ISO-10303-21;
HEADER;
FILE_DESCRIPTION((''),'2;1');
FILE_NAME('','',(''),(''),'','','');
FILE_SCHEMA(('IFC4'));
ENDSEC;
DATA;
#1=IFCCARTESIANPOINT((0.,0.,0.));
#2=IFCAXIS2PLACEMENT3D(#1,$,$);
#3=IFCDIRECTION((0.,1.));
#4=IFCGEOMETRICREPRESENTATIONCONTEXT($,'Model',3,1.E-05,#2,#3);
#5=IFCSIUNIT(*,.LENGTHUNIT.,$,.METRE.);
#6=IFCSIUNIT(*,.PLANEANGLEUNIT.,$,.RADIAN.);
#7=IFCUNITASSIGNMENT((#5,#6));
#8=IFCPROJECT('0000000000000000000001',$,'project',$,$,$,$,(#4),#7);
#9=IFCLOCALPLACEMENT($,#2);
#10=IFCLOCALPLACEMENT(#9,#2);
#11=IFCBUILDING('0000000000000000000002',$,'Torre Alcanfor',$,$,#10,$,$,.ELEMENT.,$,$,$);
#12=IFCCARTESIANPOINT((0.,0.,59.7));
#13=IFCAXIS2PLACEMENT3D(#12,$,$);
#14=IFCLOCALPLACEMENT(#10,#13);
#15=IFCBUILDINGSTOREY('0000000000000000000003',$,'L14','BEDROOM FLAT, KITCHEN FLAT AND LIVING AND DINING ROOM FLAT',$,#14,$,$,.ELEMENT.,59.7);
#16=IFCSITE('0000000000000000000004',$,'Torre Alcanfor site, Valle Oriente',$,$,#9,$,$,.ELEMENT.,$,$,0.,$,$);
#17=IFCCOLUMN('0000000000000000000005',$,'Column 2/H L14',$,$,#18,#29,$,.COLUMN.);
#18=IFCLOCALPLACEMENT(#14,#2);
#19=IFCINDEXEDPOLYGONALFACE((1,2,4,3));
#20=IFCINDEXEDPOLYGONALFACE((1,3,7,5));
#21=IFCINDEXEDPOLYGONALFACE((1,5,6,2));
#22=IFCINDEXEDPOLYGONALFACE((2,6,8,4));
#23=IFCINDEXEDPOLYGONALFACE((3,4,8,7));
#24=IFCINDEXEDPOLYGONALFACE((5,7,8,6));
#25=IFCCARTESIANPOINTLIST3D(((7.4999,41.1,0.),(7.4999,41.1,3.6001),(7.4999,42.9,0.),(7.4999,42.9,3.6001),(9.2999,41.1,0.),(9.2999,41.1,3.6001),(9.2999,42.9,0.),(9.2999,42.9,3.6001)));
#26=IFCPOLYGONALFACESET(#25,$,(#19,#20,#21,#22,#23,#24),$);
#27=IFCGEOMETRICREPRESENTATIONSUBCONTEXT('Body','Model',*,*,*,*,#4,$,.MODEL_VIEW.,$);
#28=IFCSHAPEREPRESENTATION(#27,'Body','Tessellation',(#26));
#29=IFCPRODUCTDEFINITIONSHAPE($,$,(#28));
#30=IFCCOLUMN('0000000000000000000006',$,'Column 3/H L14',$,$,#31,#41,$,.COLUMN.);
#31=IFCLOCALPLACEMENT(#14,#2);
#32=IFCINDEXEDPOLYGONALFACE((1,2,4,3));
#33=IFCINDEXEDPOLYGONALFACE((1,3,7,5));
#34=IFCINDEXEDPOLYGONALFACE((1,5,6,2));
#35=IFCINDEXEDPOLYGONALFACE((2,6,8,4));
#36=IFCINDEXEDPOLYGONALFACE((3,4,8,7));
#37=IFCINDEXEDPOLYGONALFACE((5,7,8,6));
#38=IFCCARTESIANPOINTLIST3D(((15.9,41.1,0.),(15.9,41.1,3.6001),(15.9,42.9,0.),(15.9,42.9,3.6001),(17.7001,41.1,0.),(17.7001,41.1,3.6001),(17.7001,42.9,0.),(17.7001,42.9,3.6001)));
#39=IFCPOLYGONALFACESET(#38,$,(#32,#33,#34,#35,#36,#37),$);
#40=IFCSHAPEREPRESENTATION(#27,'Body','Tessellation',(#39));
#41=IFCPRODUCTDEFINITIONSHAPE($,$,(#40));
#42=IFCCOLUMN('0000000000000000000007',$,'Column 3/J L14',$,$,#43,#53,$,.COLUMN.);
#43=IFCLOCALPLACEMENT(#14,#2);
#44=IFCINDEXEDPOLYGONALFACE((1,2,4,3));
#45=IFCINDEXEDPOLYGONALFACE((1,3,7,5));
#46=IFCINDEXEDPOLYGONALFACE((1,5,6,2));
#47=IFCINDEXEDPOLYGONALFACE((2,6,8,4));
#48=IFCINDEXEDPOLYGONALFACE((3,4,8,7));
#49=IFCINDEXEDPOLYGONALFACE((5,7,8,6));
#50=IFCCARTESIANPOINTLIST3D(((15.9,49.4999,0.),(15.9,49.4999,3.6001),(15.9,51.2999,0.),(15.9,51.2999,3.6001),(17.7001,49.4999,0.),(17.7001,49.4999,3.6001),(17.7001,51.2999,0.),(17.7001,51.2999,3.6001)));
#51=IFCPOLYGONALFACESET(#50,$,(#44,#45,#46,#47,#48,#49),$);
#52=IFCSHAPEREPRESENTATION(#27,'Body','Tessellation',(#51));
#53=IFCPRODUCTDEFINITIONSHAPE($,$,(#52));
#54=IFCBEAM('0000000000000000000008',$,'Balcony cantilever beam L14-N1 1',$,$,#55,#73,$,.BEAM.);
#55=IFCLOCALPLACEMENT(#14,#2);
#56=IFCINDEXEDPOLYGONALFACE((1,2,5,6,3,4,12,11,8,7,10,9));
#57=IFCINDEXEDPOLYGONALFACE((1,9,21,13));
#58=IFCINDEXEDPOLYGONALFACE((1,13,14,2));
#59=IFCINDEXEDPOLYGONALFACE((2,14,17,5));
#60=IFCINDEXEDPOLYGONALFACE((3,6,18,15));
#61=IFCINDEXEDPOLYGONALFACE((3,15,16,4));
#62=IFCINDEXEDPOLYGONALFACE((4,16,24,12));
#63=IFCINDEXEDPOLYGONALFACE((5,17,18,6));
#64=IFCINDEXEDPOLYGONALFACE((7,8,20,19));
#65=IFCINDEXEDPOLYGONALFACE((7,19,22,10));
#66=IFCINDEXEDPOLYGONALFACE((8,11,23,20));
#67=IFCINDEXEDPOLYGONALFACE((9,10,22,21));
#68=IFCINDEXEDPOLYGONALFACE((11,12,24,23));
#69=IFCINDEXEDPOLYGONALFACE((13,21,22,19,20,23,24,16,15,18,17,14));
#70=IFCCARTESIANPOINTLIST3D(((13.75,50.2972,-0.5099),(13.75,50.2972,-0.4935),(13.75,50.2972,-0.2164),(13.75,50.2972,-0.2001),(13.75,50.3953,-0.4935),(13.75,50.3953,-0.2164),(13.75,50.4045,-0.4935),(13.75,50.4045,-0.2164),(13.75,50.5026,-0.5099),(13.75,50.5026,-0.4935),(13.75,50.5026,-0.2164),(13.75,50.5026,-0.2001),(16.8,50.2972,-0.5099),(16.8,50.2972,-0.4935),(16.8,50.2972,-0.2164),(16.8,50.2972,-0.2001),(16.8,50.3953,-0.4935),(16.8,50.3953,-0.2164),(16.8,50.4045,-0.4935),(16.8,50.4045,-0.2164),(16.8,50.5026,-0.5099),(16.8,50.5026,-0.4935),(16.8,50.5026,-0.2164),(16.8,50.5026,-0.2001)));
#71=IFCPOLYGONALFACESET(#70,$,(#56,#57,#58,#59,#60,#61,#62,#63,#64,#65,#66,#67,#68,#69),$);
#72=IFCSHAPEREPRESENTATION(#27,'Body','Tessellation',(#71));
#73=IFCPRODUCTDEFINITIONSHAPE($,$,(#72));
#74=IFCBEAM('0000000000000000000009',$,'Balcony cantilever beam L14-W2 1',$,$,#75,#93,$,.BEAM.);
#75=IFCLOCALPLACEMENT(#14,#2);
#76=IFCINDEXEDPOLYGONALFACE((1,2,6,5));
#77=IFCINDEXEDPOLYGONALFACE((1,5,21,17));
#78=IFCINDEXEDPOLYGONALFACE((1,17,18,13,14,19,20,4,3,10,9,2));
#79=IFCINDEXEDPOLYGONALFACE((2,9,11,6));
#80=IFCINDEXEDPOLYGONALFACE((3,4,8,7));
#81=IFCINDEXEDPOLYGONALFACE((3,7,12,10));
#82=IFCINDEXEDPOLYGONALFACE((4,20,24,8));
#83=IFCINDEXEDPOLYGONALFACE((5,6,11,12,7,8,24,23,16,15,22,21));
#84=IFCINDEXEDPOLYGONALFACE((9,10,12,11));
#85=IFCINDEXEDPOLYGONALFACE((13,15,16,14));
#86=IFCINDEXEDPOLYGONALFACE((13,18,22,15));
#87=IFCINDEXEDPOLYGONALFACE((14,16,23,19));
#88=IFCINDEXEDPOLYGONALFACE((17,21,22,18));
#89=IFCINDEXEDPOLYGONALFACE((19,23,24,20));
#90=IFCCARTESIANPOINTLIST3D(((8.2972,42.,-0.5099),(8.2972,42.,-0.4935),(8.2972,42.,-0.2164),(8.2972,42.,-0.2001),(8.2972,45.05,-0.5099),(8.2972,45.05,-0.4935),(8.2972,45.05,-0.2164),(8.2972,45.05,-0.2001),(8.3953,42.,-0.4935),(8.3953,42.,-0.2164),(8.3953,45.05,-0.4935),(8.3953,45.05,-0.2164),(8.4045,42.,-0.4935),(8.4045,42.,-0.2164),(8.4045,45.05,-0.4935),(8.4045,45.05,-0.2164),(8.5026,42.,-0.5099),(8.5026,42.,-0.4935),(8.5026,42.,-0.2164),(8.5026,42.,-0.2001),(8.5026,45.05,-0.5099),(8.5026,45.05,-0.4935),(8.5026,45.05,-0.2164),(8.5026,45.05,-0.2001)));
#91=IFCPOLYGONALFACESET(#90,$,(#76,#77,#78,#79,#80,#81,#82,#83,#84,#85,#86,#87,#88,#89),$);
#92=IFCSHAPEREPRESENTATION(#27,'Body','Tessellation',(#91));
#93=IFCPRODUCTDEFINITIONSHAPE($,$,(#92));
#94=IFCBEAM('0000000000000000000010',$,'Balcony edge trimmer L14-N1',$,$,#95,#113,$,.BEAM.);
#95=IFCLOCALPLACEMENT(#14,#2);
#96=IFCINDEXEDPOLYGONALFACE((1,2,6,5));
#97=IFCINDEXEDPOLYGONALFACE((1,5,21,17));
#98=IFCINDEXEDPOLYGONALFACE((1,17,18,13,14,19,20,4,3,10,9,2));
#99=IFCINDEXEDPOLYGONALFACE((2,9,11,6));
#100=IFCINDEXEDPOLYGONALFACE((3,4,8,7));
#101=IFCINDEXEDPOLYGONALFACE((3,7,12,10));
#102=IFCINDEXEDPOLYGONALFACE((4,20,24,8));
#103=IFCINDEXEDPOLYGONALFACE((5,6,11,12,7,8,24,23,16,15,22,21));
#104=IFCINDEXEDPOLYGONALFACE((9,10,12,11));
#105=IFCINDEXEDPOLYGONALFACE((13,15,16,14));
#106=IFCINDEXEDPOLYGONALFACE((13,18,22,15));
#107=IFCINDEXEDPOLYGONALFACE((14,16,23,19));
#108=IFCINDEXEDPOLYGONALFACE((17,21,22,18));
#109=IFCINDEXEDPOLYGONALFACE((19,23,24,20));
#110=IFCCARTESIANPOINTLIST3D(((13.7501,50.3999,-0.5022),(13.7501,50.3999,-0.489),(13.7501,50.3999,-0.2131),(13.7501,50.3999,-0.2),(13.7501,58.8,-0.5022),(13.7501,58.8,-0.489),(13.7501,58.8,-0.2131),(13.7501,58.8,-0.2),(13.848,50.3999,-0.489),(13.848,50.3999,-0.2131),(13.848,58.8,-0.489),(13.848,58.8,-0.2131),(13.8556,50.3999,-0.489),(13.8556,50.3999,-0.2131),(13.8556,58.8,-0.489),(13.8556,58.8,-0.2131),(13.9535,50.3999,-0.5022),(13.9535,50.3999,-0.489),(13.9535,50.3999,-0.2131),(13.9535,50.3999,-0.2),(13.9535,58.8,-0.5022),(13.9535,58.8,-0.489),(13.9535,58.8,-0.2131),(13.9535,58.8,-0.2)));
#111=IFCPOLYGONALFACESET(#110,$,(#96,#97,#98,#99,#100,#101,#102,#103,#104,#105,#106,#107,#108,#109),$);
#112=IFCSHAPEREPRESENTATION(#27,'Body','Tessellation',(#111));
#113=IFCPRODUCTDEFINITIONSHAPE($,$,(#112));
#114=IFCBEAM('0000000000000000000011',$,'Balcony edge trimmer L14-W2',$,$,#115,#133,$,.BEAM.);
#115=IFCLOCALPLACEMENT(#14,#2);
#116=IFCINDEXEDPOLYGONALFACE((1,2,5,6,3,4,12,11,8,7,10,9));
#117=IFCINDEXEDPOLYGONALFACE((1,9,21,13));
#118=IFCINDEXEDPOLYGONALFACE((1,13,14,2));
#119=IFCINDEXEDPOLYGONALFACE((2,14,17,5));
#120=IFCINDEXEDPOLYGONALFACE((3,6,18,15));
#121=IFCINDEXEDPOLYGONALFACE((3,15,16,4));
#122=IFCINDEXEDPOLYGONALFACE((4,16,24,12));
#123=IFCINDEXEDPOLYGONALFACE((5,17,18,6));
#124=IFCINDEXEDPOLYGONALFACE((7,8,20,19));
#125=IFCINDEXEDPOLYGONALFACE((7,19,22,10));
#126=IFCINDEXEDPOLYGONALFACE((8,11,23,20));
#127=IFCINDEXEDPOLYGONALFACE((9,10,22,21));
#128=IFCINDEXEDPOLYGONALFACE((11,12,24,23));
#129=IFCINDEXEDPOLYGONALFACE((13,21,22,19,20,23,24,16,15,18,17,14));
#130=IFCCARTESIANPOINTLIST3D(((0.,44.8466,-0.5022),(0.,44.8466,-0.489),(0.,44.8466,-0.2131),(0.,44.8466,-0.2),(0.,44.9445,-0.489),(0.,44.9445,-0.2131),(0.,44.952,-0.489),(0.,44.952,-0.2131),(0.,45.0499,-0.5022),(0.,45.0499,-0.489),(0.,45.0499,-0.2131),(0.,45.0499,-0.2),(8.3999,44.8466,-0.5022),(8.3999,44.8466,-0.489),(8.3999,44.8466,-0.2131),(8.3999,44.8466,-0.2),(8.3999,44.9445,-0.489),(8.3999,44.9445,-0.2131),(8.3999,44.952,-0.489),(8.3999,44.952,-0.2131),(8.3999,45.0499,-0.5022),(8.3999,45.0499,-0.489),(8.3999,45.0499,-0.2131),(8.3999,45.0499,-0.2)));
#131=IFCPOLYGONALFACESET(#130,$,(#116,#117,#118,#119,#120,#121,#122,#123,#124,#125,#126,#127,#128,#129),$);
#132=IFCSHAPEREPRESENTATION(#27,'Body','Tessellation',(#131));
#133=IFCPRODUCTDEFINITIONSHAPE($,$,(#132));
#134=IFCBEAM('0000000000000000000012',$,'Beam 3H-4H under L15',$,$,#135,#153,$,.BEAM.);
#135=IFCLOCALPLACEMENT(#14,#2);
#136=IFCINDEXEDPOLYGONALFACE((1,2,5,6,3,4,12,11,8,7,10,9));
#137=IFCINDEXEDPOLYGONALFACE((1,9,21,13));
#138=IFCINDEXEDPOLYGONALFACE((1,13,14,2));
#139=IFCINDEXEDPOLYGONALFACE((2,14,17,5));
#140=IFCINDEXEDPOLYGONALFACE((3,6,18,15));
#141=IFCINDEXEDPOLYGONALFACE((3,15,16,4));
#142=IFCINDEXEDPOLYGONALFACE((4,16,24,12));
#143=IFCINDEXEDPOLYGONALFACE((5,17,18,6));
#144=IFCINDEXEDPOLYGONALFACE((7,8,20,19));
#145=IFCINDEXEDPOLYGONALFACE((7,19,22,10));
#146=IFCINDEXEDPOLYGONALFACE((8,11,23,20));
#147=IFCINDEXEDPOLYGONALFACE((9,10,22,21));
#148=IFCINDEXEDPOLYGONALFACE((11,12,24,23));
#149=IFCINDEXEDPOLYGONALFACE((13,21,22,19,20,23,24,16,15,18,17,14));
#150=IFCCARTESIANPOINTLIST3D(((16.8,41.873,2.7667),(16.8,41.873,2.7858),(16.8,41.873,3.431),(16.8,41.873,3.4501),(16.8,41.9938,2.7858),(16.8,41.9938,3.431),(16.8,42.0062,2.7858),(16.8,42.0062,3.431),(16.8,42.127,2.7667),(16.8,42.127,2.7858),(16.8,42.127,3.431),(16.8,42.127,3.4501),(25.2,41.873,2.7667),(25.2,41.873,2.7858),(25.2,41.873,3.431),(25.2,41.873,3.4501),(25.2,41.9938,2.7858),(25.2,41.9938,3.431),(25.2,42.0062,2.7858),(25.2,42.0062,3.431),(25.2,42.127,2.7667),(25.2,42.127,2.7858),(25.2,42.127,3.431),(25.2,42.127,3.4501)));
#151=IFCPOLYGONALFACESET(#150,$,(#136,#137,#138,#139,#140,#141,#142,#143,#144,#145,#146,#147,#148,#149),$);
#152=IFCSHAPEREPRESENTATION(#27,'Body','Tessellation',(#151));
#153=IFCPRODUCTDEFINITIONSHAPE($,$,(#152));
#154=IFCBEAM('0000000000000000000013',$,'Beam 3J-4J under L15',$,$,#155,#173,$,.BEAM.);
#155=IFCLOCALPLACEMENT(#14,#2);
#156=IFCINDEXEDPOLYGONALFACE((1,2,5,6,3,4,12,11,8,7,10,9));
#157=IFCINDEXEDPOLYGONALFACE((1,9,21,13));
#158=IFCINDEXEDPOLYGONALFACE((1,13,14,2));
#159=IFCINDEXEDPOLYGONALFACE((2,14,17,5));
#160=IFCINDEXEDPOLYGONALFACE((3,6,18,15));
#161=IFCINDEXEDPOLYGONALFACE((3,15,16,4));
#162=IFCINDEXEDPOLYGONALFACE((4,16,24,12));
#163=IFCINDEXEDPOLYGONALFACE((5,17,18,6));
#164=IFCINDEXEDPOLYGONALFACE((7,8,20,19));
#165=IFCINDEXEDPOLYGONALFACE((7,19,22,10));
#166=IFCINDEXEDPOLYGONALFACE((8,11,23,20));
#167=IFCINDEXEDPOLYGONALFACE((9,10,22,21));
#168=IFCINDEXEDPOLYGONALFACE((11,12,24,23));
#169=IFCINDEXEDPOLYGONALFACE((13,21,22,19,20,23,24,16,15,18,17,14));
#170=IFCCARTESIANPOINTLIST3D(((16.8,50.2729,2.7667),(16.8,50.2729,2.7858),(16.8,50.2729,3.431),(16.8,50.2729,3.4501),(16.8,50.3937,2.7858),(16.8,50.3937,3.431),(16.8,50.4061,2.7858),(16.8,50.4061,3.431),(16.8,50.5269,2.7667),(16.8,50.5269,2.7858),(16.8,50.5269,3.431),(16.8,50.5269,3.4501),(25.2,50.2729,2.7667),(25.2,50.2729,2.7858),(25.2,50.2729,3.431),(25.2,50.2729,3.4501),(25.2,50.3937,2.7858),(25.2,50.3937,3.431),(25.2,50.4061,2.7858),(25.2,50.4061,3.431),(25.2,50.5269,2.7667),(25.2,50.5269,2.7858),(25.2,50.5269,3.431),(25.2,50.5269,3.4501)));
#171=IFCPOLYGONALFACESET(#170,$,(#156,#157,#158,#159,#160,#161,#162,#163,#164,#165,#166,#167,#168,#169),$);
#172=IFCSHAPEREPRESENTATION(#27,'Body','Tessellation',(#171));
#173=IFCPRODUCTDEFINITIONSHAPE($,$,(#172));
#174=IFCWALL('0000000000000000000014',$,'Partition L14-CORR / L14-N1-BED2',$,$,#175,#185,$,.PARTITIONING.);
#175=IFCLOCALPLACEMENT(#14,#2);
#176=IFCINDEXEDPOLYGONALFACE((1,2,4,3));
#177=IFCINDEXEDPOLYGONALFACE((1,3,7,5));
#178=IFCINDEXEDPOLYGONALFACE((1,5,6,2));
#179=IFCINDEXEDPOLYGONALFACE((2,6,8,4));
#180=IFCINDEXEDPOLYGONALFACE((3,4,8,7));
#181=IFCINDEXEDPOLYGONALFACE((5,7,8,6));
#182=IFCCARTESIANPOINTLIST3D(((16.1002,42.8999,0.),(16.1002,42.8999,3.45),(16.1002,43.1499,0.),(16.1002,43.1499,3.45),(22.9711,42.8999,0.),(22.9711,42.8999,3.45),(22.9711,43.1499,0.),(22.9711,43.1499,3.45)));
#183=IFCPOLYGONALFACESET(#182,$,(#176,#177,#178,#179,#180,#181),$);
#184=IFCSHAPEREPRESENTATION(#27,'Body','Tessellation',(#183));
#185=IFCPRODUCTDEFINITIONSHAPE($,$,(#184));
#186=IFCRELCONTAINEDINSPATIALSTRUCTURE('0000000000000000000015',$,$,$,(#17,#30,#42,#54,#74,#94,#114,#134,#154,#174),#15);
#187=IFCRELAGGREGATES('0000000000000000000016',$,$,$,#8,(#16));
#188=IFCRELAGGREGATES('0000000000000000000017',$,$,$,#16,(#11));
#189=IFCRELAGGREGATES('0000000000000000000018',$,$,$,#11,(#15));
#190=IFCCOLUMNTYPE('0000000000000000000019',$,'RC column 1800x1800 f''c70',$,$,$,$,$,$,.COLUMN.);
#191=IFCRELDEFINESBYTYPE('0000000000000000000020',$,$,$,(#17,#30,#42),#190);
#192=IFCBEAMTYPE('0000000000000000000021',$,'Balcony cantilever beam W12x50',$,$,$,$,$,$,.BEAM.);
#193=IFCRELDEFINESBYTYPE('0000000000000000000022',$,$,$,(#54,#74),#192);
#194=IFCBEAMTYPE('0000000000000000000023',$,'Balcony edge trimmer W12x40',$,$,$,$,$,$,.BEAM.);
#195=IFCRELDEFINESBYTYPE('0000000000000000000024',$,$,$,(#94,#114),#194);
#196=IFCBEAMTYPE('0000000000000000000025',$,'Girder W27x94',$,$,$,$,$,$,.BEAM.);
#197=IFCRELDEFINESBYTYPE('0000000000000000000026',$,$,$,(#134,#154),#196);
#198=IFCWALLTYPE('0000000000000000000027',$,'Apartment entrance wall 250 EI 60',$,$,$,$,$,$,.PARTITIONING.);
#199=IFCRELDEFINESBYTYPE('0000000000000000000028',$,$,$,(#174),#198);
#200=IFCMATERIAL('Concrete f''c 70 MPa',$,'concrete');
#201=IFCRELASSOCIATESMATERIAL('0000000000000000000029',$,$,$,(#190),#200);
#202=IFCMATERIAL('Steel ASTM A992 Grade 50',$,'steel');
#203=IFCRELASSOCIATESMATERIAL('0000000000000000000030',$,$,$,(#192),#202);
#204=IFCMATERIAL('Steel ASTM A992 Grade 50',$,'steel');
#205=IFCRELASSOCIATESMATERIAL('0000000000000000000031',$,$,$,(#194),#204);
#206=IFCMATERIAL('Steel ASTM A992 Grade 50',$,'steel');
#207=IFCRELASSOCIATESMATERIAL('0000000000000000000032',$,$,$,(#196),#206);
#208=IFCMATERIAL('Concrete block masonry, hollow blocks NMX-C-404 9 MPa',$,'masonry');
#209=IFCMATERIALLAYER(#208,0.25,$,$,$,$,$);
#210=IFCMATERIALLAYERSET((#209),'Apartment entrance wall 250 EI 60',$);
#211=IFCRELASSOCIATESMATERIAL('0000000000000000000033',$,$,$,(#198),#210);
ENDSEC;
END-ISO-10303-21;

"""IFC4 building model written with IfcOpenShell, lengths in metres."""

from ifc_helpers import new_model, si_unit, direction, frame, frame_2d, origin, origin_2d, place, context, subcontext, project, spatial, rectangle, i_section, extrude, material, layer, layer_set, material_profile, profile_set, type_object, element, save


model = new_model("IFC4")

# Units and contexts
model_context = context("Model", 3, precision=1e-05, world=origin(), true_north=direction((0.0, 1.0)))
body_context = subcontext(model_context, "Body", "Model", "MODEL_VIEW")
ifc_project = project(units=[si_unit("LENGTHUNIT", "METRE"), si_unit("PLANEANGLEUNIT", "RADIAN")], contexts=[model_context])

# Site, building, storey
site_placement = place(None, origin())
site = spatial("IfcSite", under=ifc_project, at=site_placement, Name="Torre Alcanfor site, Valle Oriente", CompositionType="ELEMENT", RefElevation=0.0)
building_placement = place(site_placement, origin())
building = spatial("IfcBuilding", under=site, at=building_placement, Name="Torre Alcanfor", CompositionType="ELEMENT")
storey_placement = place(building_placement, frame((0.0, 0.0, 59.7)))
storey = spatial("IfcBuildingStorey", under=building, at=storey_placement, Name="L14", Description="BEDROOM FLAT, KITCHEN FLAT AND LIVING AND DINING ROOM FLAT", CompositionType="ELEMENT", Elevation=59.7)

# Columns
ifc_material_1 = material(Name="Concrete f'c 70 MPa", Category="concrete")
ifc_material_profile_1 = material_profile(ifc_material_1, rectangle(XDim=1.8, YDim=1.8, at=origin_2d()), Name="1800x1800")
ifc_profile_set_1 = profile_set([ifc_material_profile_1], Name="Concrete f'c 70 MPa")
column_type = type_object("IfcColumnType", Name="RC column 1800x1800 f'c70", PredefinedType="COLUMN", material=ifc_profile_set_1)
for number, where, z_axis, x_axis, name in (
    (1, (8.3999, 42.0, 0.0), (0.0, 0.0, 1.0), (1.0, 0.0, 0.0), "Column 2/H L14"),
    (2, (16.8, 42.0, 0.0), (0.0, 0.0, 1.0), (1.0, 0.0, 0.0), "Column 3/H L14"),
    (3, (16.8, 50.3999, 0.0), (0.0, 0.0, 1.0), (1.0, 0.0, 0.0), "Column 3/J L14"),
):
    element("IfcColumn", number, at=place(storey_placement, frame(where, z_axis=z_axis, x_axis=x_axis)), inside=storey, type_object=column_type, Name=name, PredefinedType="COLUMN", context=body_context, shape_type="SweptSolid", body=[
        extrude(rectangle(XDim=1.8, YDim=1.8, at=origin_2d()), origin(), (0.0, 0.0, 1.0), 3.6001),
    ])

# Beams
ifc_material_2 = material(Name="Steel ASTM A992 Grade 50", Category="steel")
ifc_material_profile_2 = material_profile(ifc_material_2, i_section(OverallWidth=0.2053, OverallDepth=0.3098, WebThickness=0.0093, FlangeThickness=0.0164, at=origin_2d()), Name="W12x50")
ifc_profile_set_2 = profile_set([ifc_material_profile_2], Name="Steel ASTM A992 Grade 50")
beam_type_1 = type_object("IfcBeamType", Name="Balcony cantilever beam W12x50", PredefinedType="BEAM", material=ifc_profile_set_2)
for number, where, z_axis, x_axis, name in (
    (4, (16.8, 50.3999, -0.355), (-1.0, 0.0, 0.0), (0.0, -1.0, 0.0), "Balcony cantilever beam L14-N1 1"),
    (5, (8.3999, 42.0, -0.355), (0.0, 1.0, 0.0), (-1.0, 0.0, 0.0), "Balcony cantilever beam L14-W2 1"),
):
    element("IfcBeam", number, at=place(storey_placement, frame(where, z_axis=z_axis, x_axis=x_axis)), inside=storey, type_object=beam_type_1, Name=name, PredefinedType="BEAM", context=body_context, shape_type="SweptSolid", body=[
        extrude(i_section(OverallWidth=0.2053, OverallDepth=0.3098, WebThickness=0.0093, FlangeThickness=0.0164, at=origin_2d()), origin(), (0.0, 0.0, 1.0), 3.05),
    ])
ifc_material_3 = material(Name="Steel ASTM A992 Grade 50", Category="steel")
ifc_material_profile_3 = material_profile(ifc_material_3, i_section(OverallWidth=0.2034, OverallDepth=0.3022, WebThickness=0.0076, FlangeThickness=0.0132, at=origin_2d()), Name="W12x40")
ifc_profile_set_3 = profile_set([ifc_material_profile_3], Name="Steel ASTM A992 Grade 50")
beam_type_2 = type_object("IfcBeamType", Name="Balcony edge trimmer W12x40", PredefinedType="BEAM", material=ifc_profile_set_3)
beam_1_placement = place(storey_placement, frame((13.8518, 50.3999, -0.3511), z_axis=(0.0, 1.0, 0.0), x_axis=(-1.0, 0.0, 0.0)))
element("IfcBeam", 6, at=beam_1_placement, inside=storey, type_object=beam_type_2, Name="Balcony edge trimmer L14-N1", PredefinedType="BEAM", context=body_context, shape_type="SweptSolid", body=[
    extrude(i_section(OverallWidth=0.2034, OverallDepth=0.3022, WebThickness=0.0076, FlangeThickness=0.0132, at=origin_2d()), origin(), (0.0, 0.0, 1.0), 8.4001),
])
beam_2_placement = place(storey_placement, frame((8.3999, 44.9482, -0.3511), z_axis=(-1.0, 0.0, 0.0), x_axis=(0.0, -1.0, 0.0)))
element("IfcBeam", 7, at=beam_2_placement, inside=storey, type_object=beam_type_2, Name="Balcony edge trimmer L14-W2", PredefinedType="BEAM", context=body_context, shape_type="SweptSolid", body=[
    extrude(i_section(OverallWidth=0.2034, OverallDepth=0.3022, WebThickness=0.0076, FlangeThickness=0.0132, at=origin_2d()), origin(), (0.0, 0.0, 1.0), 8.3999),
])
ifc_material_4 = material(Name="Steel ASTM A992 Grade 50", Category="steel")
ifc_material_profile_4 = material_profile(ifc_material_4, i_section(OverallWidth=0.2539, OverallDepth=0.6833, WebThickness=0.0125, FlangeThickness=0.019, at=origin_2d()), Name="W27x94")
ifc_profile_set_4 = profile_set([ifc_material_profile_4], Name="Steel ASTM A992 Grade 50")
beam_type_3 = type_object("IfcBeamType", Name="Girder W27x94", PredefinedType="BEAM", material=ifc_profile_set_4)
for number, where, z_axis, x_axis, name in (
    (8, (16.8, 42.0, 3.1084), (1.0, 0.0, 0.0), (0.0, 1.0, 0.0), "Beam 3H-4H under L15"),
    (9, (16.8, 50.3999, 3.1084), (1.0, 0.0, 0.0), (0.0, 1.0, 0.0), "Beam 3J-4J under L15"),
):
    element("IfcBeam", number, at=place(storey_placement, frame(where, z_axis=z_axis, x_axis=x_axis)), inside=storey, type_object=beam_type_3, Name=name, PredefinedType="BEAM", context=body_context, shape_type="SweptSolid", body=[
        extrude(i_section(OverallWidth=0.2539, OverallDepth=0.6833, WebThickness=0.0125, FlangeThickness=0.019, at=origin_2d()), origin(), (0.0, 0.0, 1.0), 8.3999),
    ])

# Wall
ifc_material_5 = material(Name="Concrete block masonry, hollow blocks NMX-C-404 9 MPa", Category="masonry")
ifc_layer_1 = layer(ifc_material_5, 0.25)
ifc_layer_set_1 = layer_set([ifc_layer_1], Name="Apartment entrance wall 250 EI 60")
wall_type_1 = type_object("IfcWallType", Name="Apartment entrance wall 250 EI 60", PredefinedType="PARTITIONING", material=ifc_layer_set_1)
wall_1_placement = place(storey_placement, frame((16.1001, 43.0249, 0.0), z_axis=(0.0, 0.0, 1.0), x_axis=(1.0, 0.0, 0.0)))
element("IfcWall", 10, at=wall_1_placement, inside=storey, type_object=wall_type_1, Name="Partition L14-CORR / L14-N1-BED2", PredefinedType="PARTITIONING", context=body_context, shape_type="SweptSolid", body=[
    extrude(rectangle(XDim=6.8708, YDim=0.25, at=frame_2d((3.4355, 0.0))), origin(), (0.0, 0.0, 1.0), 3.45),
])

save(model, "model.ifc")
